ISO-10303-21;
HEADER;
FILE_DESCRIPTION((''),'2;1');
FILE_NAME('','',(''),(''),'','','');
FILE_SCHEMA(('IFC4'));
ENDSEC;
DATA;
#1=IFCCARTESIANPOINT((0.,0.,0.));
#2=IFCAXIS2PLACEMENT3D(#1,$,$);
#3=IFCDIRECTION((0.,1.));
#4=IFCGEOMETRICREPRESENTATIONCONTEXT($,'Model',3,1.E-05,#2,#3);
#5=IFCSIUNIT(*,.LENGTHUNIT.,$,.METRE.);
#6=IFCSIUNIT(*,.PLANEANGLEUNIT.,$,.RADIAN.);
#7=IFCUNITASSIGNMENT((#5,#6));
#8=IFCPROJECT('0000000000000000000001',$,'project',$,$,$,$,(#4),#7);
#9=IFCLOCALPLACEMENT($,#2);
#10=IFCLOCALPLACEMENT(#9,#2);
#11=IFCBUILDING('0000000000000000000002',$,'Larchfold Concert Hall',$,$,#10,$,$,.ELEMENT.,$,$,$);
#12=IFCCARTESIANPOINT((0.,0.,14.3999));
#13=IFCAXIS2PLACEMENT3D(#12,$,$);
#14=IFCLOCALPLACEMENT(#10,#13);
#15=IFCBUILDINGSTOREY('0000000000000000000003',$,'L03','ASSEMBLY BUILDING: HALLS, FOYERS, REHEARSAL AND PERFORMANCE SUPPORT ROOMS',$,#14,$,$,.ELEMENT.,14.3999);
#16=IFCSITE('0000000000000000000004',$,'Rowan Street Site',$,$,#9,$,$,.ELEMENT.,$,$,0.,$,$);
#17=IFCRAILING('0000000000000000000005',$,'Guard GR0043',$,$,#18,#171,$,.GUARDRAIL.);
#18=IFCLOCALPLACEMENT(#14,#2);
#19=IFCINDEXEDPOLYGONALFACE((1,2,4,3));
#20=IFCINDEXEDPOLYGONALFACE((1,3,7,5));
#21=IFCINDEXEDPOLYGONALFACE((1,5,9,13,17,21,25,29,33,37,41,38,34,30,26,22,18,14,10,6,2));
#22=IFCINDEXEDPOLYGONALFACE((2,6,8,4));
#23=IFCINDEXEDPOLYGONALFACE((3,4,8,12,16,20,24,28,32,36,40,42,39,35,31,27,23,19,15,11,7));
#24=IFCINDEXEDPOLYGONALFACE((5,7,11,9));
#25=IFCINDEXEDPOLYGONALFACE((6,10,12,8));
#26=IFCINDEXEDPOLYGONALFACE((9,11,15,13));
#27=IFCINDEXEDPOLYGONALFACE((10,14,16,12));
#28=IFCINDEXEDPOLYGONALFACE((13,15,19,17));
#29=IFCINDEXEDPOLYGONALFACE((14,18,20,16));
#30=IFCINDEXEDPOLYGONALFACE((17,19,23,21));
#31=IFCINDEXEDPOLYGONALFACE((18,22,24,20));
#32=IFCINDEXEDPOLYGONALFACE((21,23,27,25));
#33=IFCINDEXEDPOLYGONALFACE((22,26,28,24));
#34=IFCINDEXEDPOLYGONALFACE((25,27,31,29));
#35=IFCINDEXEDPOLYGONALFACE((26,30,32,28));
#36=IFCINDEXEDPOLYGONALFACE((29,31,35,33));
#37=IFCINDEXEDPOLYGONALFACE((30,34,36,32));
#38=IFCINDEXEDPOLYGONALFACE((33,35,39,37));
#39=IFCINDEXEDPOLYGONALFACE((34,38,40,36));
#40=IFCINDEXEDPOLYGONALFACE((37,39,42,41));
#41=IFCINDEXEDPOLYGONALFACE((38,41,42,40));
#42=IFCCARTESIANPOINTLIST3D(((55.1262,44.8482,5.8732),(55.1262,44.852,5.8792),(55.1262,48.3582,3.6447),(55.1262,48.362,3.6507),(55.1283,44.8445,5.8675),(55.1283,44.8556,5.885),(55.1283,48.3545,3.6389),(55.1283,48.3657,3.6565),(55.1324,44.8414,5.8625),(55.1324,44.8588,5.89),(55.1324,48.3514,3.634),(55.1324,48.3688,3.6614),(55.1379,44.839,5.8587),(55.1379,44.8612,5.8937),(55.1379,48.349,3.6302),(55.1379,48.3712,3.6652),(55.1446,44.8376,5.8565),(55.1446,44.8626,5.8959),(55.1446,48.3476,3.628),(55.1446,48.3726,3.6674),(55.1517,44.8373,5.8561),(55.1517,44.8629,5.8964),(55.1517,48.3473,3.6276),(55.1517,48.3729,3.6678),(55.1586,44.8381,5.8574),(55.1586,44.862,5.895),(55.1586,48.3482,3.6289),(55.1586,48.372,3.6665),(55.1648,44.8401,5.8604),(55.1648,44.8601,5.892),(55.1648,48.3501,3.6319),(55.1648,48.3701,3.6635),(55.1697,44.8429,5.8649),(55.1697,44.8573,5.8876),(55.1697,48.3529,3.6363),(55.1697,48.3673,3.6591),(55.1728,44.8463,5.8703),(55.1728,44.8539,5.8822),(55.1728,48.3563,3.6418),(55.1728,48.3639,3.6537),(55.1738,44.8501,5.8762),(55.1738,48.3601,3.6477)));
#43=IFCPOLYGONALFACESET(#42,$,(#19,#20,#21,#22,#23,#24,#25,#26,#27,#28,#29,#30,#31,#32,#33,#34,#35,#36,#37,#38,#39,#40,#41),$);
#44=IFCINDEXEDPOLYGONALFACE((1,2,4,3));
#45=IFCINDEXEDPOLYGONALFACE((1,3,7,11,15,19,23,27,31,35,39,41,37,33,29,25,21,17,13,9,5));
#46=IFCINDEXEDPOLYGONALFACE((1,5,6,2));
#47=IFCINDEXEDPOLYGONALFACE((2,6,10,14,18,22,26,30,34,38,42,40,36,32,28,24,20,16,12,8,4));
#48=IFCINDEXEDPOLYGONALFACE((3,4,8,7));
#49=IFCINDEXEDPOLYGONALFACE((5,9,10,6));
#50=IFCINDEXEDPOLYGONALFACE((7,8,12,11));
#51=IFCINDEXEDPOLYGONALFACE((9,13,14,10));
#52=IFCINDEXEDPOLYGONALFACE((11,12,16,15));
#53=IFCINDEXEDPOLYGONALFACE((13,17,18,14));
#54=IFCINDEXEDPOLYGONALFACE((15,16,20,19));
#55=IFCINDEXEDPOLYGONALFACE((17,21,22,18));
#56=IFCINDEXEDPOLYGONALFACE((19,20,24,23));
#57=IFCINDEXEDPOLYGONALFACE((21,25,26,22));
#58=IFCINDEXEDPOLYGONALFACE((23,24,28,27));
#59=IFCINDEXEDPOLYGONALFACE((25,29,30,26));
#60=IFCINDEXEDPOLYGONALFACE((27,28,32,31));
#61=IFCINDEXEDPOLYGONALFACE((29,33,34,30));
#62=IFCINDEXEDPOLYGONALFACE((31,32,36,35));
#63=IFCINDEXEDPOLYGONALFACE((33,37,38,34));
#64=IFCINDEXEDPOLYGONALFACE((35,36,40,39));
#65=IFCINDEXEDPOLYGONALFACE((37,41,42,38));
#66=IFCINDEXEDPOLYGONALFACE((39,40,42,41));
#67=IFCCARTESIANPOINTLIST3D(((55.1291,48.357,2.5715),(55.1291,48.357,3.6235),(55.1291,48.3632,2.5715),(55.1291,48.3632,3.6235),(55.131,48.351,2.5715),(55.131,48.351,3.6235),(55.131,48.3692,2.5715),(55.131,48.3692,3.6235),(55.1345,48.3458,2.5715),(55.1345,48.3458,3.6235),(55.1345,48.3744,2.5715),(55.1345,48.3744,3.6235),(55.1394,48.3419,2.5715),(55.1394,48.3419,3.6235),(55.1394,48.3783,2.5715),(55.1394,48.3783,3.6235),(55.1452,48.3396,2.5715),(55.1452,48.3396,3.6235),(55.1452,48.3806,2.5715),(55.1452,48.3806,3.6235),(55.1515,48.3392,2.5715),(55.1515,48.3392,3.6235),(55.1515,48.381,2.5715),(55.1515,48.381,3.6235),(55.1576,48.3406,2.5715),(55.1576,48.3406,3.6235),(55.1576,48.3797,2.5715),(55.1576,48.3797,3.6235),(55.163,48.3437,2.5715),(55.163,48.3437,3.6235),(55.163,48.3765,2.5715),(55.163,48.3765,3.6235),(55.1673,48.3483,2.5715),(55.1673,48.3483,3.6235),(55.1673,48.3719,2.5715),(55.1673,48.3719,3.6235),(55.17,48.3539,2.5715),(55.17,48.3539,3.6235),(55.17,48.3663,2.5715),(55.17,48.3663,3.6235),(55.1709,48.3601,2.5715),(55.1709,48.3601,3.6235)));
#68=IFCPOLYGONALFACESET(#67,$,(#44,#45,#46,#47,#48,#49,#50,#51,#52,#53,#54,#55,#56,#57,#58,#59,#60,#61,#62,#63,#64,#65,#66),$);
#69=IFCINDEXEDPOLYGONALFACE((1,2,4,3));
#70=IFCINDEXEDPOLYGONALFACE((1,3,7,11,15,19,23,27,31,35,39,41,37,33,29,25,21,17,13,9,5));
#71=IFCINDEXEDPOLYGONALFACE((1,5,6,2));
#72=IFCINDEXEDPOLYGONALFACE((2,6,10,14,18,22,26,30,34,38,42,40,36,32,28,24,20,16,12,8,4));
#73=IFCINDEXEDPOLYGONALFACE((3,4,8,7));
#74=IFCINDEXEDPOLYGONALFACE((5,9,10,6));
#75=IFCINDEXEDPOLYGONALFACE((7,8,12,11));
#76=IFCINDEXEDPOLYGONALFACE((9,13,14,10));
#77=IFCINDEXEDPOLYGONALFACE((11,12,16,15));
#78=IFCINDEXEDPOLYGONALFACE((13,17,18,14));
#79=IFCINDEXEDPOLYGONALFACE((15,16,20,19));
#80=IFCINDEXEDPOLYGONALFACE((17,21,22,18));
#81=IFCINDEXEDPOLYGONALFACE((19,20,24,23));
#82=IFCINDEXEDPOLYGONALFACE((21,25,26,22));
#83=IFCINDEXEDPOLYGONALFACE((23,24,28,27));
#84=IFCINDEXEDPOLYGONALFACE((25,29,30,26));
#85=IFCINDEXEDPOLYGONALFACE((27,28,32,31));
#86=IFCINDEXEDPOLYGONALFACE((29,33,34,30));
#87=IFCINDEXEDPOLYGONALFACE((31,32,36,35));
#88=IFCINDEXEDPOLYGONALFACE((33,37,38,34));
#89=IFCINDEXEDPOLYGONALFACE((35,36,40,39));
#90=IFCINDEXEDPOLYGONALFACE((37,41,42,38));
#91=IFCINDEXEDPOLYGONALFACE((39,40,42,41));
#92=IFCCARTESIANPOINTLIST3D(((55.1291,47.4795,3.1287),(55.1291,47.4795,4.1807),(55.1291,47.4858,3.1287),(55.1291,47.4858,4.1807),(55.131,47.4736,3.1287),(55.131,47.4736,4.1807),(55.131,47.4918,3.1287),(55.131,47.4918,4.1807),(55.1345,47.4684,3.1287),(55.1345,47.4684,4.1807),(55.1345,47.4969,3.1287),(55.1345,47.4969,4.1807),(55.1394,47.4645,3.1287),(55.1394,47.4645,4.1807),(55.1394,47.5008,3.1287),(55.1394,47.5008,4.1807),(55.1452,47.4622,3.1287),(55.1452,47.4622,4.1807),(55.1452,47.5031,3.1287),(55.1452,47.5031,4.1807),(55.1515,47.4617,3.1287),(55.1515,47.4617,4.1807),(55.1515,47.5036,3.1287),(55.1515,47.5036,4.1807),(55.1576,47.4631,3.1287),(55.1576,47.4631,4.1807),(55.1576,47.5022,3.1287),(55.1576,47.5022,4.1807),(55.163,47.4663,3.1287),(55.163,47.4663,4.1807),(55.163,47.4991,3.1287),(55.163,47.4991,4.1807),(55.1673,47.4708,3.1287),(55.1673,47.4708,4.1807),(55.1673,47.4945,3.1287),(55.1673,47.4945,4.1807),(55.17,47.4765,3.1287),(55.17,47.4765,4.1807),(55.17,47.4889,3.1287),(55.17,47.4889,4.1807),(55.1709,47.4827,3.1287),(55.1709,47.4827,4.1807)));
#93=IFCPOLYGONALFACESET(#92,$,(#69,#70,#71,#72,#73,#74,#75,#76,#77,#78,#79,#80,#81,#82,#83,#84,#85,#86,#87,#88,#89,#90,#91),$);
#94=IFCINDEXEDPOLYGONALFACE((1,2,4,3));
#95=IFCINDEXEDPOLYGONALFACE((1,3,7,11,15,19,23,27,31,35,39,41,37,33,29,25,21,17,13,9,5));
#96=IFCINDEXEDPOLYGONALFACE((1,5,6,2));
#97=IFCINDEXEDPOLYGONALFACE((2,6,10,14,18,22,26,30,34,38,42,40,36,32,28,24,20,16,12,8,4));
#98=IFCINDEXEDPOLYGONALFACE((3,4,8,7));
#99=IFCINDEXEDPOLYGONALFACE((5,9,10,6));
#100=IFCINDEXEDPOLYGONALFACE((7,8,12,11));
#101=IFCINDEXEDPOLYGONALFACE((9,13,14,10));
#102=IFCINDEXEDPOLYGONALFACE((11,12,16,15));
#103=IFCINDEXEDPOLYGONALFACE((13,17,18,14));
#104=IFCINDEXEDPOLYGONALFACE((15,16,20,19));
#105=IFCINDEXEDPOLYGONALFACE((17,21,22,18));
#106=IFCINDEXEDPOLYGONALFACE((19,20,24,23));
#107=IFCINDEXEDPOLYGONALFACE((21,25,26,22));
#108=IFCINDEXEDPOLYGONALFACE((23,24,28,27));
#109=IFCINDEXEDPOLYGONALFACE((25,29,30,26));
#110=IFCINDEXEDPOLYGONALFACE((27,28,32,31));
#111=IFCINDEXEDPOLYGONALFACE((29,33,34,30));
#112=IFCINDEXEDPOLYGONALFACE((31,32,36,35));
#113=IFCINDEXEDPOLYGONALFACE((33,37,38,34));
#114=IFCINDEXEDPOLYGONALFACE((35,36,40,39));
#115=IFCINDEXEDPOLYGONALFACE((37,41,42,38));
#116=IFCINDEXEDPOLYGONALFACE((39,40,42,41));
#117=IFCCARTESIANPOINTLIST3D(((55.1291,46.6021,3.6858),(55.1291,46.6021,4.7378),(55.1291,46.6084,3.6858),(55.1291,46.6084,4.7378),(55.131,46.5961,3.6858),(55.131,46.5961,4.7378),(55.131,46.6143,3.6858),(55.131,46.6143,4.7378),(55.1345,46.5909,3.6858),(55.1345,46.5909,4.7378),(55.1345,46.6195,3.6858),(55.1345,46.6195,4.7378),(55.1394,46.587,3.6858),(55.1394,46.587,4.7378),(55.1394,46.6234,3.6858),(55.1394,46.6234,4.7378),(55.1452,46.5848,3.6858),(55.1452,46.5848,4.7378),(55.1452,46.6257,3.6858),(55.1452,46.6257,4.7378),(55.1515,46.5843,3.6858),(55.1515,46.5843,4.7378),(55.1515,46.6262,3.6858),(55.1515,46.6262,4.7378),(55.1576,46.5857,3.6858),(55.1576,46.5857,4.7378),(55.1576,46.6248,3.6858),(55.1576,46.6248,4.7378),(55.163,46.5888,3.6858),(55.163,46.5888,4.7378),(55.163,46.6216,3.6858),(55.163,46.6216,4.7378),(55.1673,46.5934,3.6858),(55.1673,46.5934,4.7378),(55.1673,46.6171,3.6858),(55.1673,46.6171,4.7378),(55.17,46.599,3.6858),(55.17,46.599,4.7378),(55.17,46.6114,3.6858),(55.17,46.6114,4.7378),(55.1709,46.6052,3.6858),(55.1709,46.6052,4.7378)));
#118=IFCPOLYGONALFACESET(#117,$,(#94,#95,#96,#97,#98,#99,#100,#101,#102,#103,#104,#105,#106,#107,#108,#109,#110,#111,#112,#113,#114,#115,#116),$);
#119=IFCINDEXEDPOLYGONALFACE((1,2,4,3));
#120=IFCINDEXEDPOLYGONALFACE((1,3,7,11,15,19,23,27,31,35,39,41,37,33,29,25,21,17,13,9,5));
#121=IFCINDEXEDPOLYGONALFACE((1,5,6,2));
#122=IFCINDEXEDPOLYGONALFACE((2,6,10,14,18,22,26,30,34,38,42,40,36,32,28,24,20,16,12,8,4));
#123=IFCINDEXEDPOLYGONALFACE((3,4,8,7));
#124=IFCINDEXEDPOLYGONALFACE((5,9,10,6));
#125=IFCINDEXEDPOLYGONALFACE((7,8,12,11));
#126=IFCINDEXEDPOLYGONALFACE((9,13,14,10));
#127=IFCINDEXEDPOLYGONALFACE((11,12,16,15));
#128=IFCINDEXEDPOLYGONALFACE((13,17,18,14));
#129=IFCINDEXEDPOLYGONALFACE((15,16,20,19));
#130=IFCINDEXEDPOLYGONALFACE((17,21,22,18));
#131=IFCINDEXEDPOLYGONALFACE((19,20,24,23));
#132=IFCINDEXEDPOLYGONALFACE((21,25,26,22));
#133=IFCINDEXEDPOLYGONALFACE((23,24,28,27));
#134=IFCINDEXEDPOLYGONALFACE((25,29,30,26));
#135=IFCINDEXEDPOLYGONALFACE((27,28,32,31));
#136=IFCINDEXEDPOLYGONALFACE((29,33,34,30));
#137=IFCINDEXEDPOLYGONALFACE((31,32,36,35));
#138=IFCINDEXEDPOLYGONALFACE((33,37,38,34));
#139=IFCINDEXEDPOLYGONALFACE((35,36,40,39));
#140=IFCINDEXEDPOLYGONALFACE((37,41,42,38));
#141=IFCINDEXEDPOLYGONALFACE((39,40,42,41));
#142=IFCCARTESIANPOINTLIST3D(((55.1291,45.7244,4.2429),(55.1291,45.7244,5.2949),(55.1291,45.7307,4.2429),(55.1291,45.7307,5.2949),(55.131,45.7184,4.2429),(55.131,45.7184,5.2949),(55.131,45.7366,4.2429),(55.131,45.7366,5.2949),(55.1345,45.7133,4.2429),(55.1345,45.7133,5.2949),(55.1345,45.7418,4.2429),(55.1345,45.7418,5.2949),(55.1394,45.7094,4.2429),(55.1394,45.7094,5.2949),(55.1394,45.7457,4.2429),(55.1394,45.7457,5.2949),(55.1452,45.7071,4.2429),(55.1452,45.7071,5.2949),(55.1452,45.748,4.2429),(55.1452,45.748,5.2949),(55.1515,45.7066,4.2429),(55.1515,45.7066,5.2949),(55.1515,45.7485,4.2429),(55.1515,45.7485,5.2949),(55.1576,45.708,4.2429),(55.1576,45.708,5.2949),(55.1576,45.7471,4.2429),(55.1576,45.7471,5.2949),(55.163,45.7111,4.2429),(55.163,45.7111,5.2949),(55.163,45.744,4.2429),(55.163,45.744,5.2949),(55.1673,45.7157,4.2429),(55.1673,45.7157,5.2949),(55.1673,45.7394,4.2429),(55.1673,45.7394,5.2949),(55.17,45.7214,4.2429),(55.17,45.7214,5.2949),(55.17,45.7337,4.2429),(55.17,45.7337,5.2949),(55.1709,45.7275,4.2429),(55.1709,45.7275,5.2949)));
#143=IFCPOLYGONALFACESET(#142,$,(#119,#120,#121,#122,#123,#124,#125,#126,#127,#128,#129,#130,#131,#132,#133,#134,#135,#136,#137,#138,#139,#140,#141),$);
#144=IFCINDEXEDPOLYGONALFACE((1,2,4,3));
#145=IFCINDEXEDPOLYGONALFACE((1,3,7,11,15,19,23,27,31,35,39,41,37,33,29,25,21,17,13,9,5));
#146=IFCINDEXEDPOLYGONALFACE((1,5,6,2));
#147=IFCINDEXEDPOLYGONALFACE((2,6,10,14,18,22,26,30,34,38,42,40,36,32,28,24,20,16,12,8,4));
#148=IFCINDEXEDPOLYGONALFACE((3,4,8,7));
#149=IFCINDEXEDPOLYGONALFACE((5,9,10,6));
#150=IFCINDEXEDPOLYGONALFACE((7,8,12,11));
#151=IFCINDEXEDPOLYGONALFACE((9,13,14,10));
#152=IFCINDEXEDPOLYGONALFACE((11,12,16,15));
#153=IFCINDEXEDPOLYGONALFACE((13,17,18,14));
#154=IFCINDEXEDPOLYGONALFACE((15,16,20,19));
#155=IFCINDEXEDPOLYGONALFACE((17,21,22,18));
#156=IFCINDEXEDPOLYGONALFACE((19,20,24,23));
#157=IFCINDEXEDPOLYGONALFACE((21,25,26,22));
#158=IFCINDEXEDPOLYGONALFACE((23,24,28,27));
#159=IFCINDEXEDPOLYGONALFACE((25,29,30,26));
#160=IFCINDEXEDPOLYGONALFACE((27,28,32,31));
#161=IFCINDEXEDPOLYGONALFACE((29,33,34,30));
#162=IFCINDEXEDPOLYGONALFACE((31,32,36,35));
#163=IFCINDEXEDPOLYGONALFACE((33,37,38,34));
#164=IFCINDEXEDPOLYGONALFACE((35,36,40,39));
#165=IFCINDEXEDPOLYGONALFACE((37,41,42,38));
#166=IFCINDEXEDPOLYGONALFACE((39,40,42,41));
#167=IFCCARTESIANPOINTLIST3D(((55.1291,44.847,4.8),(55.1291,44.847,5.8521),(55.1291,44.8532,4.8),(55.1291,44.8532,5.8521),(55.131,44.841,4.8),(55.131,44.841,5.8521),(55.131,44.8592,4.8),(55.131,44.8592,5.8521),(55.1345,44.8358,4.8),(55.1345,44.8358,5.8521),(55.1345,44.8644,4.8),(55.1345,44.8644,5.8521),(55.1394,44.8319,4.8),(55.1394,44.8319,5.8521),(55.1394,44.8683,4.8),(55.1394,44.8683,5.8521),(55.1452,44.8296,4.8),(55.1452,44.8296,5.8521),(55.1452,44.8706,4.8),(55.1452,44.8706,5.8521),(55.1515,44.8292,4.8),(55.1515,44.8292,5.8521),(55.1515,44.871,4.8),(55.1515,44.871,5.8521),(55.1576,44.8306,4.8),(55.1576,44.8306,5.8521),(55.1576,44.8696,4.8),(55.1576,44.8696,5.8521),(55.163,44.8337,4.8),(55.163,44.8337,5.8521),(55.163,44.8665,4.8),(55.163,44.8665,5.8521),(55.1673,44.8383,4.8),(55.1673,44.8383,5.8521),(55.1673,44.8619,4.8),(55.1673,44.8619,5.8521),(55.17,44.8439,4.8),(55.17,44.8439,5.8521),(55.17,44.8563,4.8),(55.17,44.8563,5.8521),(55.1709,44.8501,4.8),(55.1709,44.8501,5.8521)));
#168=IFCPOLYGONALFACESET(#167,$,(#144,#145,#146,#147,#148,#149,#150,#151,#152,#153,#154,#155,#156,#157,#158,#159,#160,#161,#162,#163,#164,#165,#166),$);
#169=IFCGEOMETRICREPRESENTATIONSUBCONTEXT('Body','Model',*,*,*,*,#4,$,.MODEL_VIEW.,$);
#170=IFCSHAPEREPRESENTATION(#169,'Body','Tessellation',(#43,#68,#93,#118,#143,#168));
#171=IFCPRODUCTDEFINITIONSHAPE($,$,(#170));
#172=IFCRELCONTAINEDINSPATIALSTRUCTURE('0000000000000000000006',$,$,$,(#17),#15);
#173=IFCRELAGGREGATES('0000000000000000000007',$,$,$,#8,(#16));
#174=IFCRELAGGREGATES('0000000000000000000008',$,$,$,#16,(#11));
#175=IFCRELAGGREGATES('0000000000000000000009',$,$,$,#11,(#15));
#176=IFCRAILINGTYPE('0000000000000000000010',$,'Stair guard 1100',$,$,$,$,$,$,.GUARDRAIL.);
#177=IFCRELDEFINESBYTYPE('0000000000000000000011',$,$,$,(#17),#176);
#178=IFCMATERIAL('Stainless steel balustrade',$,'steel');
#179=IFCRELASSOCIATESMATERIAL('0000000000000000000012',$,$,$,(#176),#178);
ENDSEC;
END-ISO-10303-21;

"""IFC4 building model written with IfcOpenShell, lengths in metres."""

from ifc_helpers import new_model, si_unit, direction, frame, origin, origin_2d, place, context, subcontext, project, spatial, circle, extrude, material, type_object, element, save


model = new_model("IFC4")

# Units and contexts
model_context = context("Model", 3, precision=1e-05, world=origin(), true_north=direction((0.0, 1.0)))
body_context = subcontext(model_context, "Body", "Model", "MODEL_VIEW")
ifc_project = project(units=[si_unit("LENGTHUNIT", "METRE"), si_unit("PLANEANGLEUNIT", "RADIAN")], contexts=[model_context])

# Site, building, storey
site_placement = place(None, origin())
site = spatial("IfcSite", under=ifc_project, at=site_placement, Name="Rowan Street Site", CompositionType="ELEMENT", RefElevation=0.0)
building_placement = place(site_placement, origin())
building = spatial("IfcBuilding", under=site, at=building_placement, Name="Larchfold Concert Hall", CompositionType="ELEMENT")
storey_placement = place(building_placement, frame((0.0, 0.0, 14.3999)))
storey = spatial("IfcBuildingStorey", under=building, at=storey_placement, Name="L03", Description="ASSEMBLY BUILDING: HALLS, FOYERS, REHEARSAL AND PERFORMANCE SUPPORT ROOMS", CompositionType="ELEMENT", Elevation=14.3999)

# Railing
ifc_material_1 = material(Name="Stainless steel balustrade", Category="steel")
railing_type_1 = type_object("IfcRailingType", Name="Stair guard 1100", PredefinedType="GUARDRAIL", material=ifc_material_1)
railing_1_placement = place(storey_placement, frame((55.1499, 48.3601, 2.5715)))
element("IfcRailing", 1, at=railing_1_placement, inside=storey, type_object=railing_type_1, Name="Guard GR0043", PredefinedType="GUARDRAIL", context=body_context, shape_type="SweptSolid", body=[
    extrude(circle(Radius=0.0239, at=origin_2d()), frame((0.0, 0.0, 1.0762), z_axis=(0.0, -0.84422, 0.535998), x_axis=(1.0, 0.0, 0.0)), (0.0, 0.0, 1.0), 4.1577),
    extrude(circle(Radius=0.021, at=origin_2d()), origin(), (0.0, 0.0, 1.0), 1.052),
    extrude(circle(Radius=0.021, at=origin_2d()), frame((0.0, -0.8774, 0.5571)), (0.0, 0.0, 1.0), 1.052),
    extrude(circle(Radius=0.021, at=origin_2d()), frame((0.0, -1.7549, 1.1143)), (0.0, 0.0, 1.0), 1.052),
    extrude(circle(Radius=0.021, at=origin_2d()), frame((0.0, -2.6326, 1.6714)), (0.0, 0.0, 1.0), 1.052),
    extrude(circle(Radius=0.021, at=origin_2d()), frame((0.0, -3.51, 2.2285)), (0.0, 0.0, 1.0), 1.052),
])

save(model, "model.ifc")
